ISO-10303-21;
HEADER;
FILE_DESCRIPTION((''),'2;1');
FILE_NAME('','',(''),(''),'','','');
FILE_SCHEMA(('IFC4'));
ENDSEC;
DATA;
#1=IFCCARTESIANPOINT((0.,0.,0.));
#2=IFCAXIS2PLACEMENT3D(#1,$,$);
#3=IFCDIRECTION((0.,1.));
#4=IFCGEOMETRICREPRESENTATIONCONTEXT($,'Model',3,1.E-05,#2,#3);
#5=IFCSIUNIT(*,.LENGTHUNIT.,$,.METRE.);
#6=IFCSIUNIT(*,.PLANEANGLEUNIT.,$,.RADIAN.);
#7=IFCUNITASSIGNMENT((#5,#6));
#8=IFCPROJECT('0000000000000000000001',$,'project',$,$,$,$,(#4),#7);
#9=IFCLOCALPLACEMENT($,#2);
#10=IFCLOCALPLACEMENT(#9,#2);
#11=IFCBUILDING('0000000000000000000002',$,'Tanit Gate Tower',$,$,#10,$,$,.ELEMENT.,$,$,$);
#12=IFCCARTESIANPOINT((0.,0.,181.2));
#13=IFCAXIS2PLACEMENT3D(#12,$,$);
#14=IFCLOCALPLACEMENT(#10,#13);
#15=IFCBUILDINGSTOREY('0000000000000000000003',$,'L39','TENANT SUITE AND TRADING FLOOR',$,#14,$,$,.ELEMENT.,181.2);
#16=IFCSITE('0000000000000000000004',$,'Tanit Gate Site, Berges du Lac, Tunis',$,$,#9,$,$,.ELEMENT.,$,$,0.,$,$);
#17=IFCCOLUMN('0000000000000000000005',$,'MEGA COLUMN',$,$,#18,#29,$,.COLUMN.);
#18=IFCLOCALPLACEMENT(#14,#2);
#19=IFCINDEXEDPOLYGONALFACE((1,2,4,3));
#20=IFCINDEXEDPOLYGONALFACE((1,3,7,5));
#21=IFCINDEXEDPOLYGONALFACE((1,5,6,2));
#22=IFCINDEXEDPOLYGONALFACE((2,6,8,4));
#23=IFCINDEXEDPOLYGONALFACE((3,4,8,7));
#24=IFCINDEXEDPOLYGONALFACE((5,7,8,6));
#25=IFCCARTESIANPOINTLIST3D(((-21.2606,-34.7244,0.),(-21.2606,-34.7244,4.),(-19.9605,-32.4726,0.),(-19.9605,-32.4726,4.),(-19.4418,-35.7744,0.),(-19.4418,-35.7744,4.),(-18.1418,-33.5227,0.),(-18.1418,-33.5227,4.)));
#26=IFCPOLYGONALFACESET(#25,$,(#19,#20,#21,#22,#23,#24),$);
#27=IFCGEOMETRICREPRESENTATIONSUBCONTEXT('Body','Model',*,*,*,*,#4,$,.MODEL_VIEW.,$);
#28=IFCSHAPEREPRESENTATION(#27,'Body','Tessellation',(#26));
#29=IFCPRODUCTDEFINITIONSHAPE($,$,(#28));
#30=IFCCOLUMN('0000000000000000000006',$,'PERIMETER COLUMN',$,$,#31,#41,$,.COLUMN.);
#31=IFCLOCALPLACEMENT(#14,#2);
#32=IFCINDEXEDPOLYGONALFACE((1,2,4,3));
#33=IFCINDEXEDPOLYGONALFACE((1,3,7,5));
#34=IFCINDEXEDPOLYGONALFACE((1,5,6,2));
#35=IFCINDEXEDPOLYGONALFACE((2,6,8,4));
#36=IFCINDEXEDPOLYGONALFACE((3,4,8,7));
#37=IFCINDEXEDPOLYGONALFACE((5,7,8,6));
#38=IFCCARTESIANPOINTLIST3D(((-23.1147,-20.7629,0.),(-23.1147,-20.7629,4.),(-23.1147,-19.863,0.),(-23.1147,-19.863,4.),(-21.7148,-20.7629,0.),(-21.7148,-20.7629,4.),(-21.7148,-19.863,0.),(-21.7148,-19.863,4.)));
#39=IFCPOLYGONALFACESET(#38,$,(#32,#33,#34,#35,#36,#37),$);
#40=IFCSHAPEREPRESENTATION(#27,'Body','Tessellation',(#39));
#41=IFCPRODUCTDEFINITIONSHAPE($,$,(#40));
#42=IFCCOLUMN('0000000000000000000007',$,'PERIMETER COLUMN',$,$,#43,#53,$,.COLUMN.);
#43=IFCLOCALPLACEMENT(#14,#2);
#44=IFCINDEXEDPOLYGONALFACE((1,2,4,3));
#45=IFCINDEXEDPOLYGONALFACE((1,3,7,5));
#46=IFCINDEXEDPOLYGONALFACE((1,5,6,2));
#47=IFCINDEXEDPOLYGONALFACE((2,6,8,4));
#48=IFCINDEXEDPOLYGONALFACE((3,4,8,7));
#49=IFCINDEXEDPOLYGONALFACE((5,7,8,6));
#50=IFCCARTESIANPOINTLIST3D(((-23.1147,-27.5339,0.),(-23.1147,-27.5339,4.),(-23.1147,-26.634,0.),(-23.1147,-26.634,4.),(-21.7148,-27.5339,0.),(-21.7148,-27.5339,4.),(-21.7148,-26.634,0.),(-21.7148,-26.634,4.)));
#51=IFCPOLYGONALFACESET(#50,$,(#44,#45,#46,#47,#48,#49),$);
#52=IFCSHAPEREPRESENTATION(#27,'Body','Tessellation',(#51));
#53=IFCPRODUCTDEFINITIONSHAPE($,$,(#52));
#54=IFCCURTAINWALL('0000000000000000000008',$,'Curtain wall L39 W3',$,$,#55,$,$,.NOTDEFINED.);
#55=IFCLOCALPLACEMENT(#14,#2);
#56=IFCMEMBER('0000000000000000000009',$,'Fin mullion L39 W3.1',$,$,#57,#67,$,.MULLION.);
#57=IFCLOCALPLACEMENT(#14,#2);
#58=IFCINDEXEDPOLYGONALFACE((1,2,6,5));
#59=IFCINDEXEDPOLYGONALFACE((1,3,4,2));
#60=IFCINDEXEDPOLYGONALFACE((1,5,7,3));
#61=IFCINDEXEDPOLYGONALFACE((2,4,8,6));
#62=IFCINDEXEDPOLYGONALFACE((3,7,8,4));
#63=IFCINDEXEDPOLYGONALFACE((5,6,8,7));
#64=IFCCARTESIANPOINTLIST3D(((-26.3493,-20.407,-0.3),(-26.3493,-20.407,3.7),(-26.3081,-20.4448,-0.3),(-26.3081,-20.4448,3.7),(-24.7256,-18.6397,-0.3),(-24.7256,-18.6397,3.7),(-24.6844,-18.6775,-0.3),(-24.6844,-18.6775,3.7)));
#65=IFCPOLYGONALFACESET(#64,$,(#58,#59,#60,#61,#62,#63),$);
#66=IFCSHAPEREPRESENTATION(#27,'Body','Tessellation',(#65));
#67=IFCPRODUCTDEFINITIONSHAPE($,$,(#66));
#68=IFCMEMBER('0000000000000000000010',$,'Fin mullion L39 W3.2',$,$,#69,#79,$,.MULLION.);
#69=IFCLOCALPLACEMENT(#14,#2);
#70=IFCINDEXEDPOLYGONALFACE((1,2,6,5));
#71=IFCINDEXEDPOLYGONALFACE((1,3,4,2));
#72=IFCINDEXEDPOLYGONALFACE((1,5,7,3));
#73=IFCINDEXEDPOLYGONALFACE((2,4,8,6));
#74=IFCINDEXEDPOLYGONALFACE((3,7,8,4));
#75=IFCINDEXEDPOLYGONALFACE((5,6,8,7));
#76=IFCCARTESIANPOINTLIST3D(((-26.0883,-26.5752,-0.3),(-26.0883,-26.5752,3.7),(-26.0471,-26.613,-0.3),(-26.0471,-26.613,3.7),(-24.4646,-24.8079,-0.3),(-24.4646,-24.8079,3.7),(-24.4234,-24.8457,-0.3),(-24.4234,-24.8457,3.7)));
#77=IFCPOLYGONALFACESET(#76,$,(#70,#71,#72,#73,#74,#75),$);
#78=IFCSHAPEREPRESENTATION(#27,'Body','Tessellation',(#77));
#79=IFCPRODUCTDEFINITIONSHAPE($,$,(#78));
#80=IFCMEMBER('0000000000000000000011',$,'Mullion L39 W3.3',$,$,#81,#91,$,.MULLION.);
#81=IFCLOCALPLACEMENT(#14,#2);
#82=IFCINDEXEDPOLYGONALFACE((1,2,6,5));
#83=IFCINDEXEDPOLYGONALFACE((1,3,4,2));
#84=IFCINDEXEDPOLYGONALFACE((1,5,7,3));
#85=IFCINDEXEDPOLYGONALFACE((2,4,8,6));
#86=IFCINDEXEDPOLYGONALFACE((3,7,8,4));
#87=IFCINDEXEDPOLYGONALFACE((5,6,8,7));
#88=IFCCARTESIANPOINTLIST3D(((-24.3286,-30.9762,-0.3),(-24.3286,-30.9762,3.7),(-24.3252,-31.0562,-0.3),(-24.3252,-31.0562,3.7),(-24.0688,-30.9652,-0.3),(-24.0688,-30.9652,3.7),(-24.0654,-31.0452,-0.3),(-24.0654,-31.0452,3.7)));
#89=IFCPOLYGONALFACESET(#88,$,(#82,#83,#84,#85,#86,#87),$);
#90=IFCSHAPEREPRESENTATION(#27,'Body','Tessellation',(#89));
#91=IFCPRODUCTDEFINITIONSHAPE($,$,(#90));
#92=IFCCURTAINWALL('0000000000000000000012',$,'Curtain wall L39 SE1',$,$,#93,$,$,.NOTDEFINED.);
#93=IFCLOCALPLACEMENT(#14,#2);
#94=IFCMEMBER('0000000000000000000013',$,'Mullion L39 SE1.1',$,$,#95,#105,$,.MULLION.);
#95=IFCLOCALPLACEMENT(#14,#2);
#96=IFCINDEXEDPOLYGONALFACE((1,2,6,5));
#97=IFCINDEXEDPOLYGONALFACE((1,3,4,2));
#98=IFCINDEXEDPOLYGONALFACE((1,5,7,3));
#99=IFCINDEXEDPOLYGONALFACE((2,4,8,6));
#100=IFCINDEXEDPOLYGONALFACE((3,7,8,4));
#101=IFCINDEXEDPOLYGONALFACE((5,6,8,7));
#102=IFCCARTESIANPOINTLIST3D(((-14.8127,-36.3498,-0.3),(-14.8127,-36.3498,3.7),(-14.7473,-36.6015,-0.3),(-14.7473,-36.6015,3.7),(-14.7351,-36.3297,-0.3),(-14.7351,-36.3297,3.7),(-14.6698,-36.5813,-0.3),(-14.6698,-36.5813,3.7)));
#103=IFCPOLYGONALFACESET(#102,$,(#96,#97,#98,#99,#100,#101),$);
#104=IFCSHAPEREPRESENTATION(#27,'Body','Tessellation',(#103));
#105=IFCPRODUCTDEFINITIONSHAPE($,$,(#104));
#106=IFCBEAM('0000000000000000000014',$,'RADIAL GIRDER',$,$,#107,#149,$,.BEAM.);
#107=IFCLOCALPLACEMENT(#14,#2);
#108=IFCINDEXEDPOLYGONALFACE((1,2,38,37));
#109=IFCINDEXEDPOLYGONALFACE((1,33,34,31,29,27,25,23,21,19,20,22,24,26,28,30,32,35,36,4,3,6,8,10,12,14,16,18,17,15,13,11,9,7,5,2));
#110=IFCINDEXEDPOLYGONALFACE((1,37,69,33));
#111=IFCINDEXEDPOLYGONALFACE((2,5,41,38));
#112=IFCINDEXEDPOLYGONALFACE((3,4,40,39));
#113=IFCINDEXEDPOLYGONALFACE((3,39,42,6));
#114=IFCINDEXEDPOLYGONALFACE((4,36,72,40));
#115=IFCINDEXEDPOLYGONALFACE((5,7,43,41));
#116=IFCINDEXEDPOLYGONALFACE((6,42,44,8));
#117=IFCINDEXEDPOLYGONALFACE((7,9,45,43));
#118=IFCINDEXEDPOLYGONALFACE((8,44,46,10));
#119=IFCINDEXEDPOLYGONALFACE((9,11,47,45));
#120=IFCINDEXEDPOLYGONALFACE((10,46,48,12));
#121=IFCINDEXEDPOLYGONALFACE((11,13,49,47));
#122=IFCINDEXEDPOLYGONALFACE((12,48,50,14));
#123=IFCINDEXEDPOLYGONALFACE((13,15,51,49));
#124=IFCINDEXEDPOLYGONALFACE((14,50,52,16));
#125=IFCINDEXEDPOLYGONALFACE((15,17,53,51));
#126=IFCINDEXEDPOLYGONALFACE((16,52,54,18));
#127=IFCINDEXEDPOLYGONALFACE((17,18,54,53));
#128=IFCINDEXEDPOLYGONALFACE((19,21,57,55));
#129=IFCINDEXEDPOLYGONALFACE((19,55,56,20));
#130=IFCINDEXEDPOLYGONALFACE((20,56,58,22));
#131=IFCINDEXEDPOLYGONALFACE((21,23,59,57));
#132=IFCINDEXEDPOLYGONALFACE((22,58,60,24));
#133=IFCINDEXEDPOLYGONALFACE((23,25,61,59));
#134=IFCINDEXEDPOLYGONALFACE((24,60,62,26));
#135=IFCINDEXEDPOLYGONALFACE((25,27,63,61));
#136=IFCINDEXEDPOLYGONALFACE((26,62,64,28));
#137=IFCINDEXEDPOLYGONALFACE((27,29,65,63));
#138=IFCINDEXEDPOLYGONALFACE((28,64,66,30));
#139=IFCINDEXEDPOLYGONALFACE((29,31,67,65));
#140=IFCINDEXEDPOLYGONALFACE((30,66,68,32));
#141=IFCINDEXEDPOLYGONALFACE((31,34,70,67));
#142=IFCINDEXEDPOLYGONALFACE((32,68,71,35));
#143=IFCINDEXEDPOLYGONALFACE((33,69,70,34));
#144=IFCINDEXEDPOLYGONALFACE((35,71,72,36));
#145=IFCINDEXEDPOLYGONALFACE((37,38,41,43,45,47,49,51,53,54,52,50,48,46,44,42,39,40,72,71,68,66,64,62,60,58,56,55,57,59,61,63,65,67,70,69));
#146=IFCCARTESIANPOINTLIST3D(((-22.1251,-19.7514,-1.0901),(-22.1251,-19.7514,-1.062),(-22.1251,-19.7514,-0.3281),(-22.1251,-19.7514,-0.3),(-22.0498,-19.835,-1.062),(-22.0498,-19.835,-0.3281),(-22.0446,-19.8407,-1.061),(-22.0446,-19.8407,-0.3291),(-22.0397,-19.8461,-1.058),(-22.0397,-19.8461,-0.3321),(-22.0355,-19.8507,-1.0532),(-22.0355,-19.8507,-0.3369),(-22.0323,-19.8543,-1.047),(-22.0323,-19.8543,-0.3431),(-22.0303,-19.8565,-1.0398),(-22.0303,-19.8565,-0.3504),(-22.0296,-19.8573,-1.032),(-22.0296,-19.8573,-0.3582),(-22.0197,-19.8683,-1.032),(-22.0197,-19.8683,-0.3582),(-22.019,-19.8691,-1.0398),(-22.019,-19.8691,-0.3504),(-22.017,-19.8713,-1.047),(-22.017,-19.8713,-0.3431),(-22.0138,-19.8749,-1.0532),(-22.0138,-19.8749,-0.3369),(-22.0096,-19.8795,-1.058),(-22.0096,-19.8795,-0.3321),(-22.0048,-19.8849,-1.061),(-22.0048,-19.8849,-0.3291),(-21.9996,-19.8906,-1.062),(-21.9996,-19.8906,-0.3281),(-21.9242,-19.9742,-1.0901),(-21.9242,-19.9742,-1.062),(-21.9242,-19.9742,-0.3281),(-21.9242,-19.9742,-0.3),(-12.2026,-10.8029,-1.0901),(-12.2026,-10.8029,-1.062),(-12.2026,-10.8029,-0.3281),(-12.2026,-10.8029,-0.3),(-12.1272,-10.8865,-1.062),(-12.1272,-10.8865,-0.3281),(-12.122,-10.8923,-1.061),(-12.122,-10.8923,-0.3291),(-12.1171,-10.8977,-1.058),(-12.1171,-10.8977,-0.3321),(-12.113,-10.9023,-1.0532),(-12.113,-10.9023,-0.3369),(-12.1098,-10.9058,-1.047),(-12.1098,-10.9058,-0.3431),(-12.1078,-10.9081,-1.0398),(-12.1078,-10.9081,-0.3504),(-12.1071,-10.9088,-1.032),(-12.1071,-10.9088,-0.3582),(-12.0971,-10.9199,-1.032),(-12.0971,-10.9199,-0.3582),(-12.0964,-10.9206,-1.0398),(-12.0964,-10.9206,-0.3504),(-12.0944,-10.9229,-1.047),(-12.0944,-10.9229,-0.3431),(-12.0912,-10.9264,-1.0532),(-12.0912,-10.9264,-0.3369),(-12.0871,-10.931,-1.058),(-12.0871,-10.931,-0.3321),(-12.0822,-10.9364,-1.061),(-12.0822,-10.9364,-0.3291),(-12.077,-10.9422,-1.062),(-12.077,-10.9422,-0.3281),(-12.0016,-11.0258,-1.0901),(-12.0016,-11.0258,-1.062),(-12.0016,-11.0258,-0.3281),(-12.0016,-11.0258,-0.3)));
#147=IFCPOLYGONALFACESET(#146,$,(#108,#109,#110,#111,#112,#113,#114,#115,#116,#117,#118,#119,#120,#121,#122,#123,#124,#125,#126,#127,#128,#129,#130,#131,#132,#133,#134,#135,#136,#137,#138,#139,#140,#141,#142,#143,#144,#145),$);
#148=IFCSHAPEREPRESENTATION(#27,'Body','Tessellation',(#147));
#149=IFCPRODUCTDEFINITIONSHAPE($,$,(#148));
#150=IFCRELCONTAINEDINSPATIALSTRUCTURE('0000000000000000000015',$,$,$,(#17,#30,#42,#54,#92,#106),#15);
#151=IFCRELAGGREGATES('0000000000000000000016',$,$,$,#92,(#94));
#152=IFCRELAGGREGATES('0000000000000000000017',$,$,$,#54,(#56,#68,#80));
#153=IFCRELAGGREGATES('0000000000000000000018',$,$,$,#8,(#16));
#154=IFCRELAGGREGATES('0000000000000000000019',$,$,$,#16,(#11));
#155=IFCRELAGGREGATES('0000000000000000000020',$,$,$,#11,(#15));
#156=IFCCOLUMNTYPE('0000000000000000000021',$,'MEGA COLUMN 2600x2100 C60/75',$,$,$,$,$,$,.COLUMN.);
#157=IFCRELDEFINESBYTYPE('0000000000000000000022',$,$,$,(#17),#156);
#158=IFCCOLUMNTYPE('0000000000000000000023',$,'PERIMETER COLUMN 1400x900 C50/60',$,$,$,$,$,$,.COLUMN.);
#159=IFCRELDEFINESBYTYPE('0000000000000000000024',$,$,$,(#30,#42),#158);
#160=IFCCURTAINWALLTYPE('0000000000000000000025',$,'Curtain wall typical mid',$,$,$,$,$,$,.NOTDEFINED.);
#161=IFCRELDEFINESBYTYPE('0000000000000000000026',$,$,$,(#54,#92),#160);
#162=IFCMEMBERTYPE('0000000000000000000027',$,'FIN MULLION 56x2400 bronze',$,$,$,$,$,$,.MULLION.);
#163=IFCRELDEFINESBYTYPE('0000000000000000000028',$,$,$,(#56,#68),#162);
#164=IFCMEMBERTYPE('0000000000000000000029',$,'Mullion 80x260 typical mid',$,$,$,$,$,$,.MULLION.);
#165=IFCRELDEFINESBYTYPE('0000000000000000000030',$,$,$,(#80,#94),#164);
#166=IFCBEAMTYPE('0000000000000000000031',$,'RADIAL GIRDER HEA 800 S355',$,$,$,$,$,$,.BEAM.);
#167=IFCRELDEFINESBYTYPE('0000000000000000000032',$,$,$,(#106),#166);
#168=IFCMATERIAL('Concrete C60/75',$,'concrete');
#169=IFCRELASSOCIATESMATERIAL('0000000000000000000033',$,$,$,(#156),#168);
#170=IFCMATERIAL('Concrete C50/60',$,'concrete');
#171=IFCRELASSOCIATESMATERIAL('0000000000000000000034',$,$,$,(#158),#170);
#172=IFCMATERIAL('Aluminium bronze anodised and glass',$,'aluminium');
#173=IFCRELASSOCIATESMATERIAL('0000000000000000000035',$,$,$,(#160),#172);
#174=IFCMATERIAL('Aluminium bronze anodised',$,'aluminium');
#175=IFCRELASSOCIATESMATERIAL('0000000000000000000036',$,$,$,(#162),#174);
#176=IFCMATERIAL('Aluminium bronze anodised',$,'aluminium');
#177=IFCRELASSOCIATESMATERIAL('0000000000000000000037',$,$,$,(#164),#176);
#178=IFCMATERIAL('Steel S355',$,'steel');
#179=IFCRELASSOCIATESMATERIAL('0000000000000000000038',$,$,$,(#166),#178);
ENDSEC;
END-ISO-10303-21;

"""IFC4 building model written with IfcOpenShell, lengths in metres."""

from ifc_helpers import new_model, si_unit, direction, frame, origin, origin_2d, place, context, subcontext, project, spatial, rectangle, i_section, extrude, material, material_profile, profile_set, type_object, element, aggregate, save


model = new_model("IFC4")

# Units and contexts
model_context = context("Model", 3, precision=1e-05, world=origin(), true_north=direction((0.0, 1.0)))
body_context = subcontext(model_context, "Body", "Model", "MODEL_VIEW")
ifc_project = project(units=[si_unit("LENGTHUNIT", "METRE"), si_unit("PLANEANGLEUNIT", "RADIAN")], contexts=[model_context])

# Site, building, storey
site_placement = place(None, origin())
site = spatial("IfcSite", under=ifc_project, at=site_placement, Name="Tanit Gate Site, Berges du Lac, Tunis", CompositionType="ELEMENT", RefElevation=0.0)
building_placement = place(site_placement, origin())
building = spatial("IfcBuilding", under=site, at=building_placement, Name="Tanit Gate Tower", CompositionType="ELEMENT")
storey_placement = place(building_placement, frame((0.0, 0.0, 181.2)))
storey = spatial("IfcBuildingStorey", under=building, at=storey_placement, Name="L39", Description="TENANT SUITE AND TRADING FLOOR", CompositionType="ELEMENT", Elevation=181.2)

# Columns
ifc_material_1 = material(Name="Concrete C60/75", Category="concrete")
ifc_material_profile_1 = material_profile(ifc_material_1, rectangle(XDim=2.6001, YDim=2.1001, at=origin_2d()), Name="RC 2600x2100")
ifc_profile_set_1 = profile_set([ifc_material_profile_1], Name="Concrete C60/75")
column_type_1 = type_object("IfcColumnType", Name="MEGA COLUMN 2600x2100 C60/75", PredefinedType="COLUMN", material=ifc_profile_set_1)
column_placement = place(storey_placement, frame((-19.7012, -34.1235, 0.0), z_axis=(0.0, 0.0, 1.0), x_axis=(-0.5, -0.866025, 0.0)))
element("IfcColumn", 1, at=column_placement, inside=storey, type_object=column_type_1, Name="MEGA COLUMN", PredefinedType="COLUMN", context=body_context, shape_type="SweptSolid", body=[
    extrude(rectangle(XDim=2.6001, YDim=2.1001, at=origin_2d()), origin(), (0.0, 0.0, 1.0), 4.0),
])
ifc_material_2 = material(Name="Concrete C50/60", Category="concrete")
ifc_material_profile_2 = material_profile(ifc_material_2, rectangle(XDim=1.3999, YDim=0.8999, at=origin_2d()), Name="RC 1400x900")
ifc_profile_set_2 = profile_set([ifc_material_profile_2], Name="Concrete C50/60")
column_type_2 = type_object("IfcColumnType", Name="PERIMETER COLUMN 1400x900 C50/60", PredefinedType="COLUMN", material=ifc_profile_set_2)
for number, where, z_axis, x_axis, name in (
    (2, (-22.4148, -20.313, 0.0), (0.0, 0.0, 1.0), (-1.0, 0.0, 0.0), "PERIMETER COLUMN"),
    (3, (-22.4148, -27.084, 0.0), (0.0, 0.0, 1.0), (-1.0, 0.0, 0.0), "PERIMETER COLUMN"),
):
    element("IfcColumn", number, at=place(storey_placement, frame(where, z_axis=z_axis, x_axis=x_axis)), inside=storey, type_object=column_type_2, Name=name, PredefinedType="COLUMN", context=body_context, shape_type="SweptSolid", body=[
        extrude(rectangle(XDim=1.3999, YDim=0.8999, at=origin_2d()), origin(), (0.0, 0.0, 1.0), 4.0),
    ])

# Curtain wall, members
ifc_material_3 = material(Name="Aluminium bronze anodised and glass", Category="aluminium")
curtain_wall_type = type_object("IfcCurtainWallType", Name="Curtain wall typical mid", PredefinedType="NOTDEFINED", material=ifc_material_3)
curtain_wall_1_placement = place(storey_placement, origin())
curtain_wall_1 = element("IfcCurtainWall", 4, at=curtain_wall_1_placement, inside=storey, type_object=curtain_wall_type, Name="Curtain wall L39 W3", PredefinedType="NOTDEFINED")
ifc_material_4 = material(Name="Aluminium bronze anodised", Category="aluminium")
ifc_material_profile_3 = material_profile(ifc_material_4, rectangle(XDim=2.3999, YDim=0.0559, at=origin_2d()), Name="56x2400 bronze fin mullion")
ifc_profile_set_3 = profile_set([ifc_material_profile_3], Name="Aluminium bronze anodised")
member_type_1 = type_object("IfcMemberType", Name="FIN MULLION 56x2400 bronze", PredefinedType="MULLION", material=ifc_profile_set_3)
member_1_placement = place(storey_placement, frame((-25.5168, -19.5422, -0.3), z_axis=(0.0, 0.0, 1.0), x_axis=(0.676558, 0.736389, 0.0)))
member_1 = element("IfcMember", 5, at=member_1_placement, type_object=member_type_1, Name="Fin mullion L39 W3.1", PredefinedType="MULLION", context=body_context, shape_type="SweptSolid", body=[
    extrude(rectangle(XDim=2.3999, YDim=0.0559, at=origin_2d()), origin(), (0.0, 0.0, 1.0), 4.0),
])
member_2_placement = place(storey_placement, frame((-25.2559, -25.7104, -0.3), z_axis=(0.0, 0.0, 1.0), x_axis=(0.676558, 0.736389, 0.0)))
member_2 = element("IfcMember", 6, at=member_2_placement, type_object=member_type_1, Name="Fin mullion L39 W3.2", PredefinedType="MULLION", context=body_context, shape_type="SweptSolid", body=[
    extrude(rectangle(XDim=2.3999, YDim=0.0559, at=origin_2d()), origin(), (0.0, 0.0, 1.0), 4.0),
])
ifc_material_5 = material(Name="Aluminium bronze anodised", Category="aluminium")
ifc_material_profile_4 = material_profile(ifc_material_5, rectangle(XDim=0.26, YDim=0.0801, at=origin_2d()), Name="80x260 bronze mullion")
ifc_profile_set_4 = profile_set([ifc_material_profile_4], Name="Aluminium bronze anodised")
member_type_2 = type_object("IfcMemberType", Name="Mullion 80x260 typical mid", PredefinedType="MULLION", material=ifc_profile_set_4)
member_3_placement = place(storey_placement, frame((-24.197, -31.0107, -0.3), z_axis=(0.0, 0.0, 1.0), x_axis=(0.999105, 0.042307, 0.0)))
member_3 = element("IfcMember", 7, at=member_3_placement, type_object=member_type_2, Name="Mullion L39 W3.3", PredefinedType="MULLION", context=body_context, shape_type="SweptSolid", body=[
    extrude(rectangle(XDim=0.26, YDim=0.0801, at=origin_2d()), origin(), (0.0, 0.0, 1.0), 4.0),
])

# Curtain wall, member
curtain_wall_2_placement = place(storey_placement, origin())
curtain_wall_2 = element("IfcCurtainWall", 8, at=curtain_wall_2_placement, inside=storey, type_object=curtain_wall_type, Name="Curtain wall L39 SE1", PredefinedType="NOTDEFINED")
member_4_placement = place(storey_placement, frame((-14.7412, -36.4656, -0.3), z_axis=(0.0, 0.0, 1.0), x_axis=(-0.251432, 0.967875, 0.0)))
member_4 = element("IfcMember", 9, at=member_4_placement, type_object=member_type_2, Name="Mullion L39 SE1.1", PredefinedType="MULLION", context=body_context, shape_type="SweptSolid", body=[
    extrude(rectangle(XDim=0.26, YDim=0.0801, at=origin_2d()), origin(), (0.0, 0.0, 1.0), 4.0),
])
aggregate(curtain_wall_2, [member_4])

# Beam
ifc_material_6 = material(Name="Steel S355", Category="steel")
ifc_material_profile_5 = material_profile(ifc_material_6, i_section(OverallWidth=0.3, OverallDepth=0.79, WebThickness=0.0149, FlangeThickness=0.0281, FilletRadius=0.03, at=origin_2d()), Name="HEA 800")
ifc_profile_set_5 = profile_set([ifc_material_profile_5], Name="Steel S355")
beam_type_1 = type_object("IfcBeamType", Name="RADIAL GIRDER HEA 800 S355", PredefinedType="BEAM", material=ifc_profile_set_5)
beam_1_placement = place(storey_placement, frame((-22.0247, -19.8628, -0.6951), z_axis=(0.742619, 0.669714, 0.0), x_axis=(-0.669714, 0.742619, 0.0)))
element("IfcBeam", 10, at=beam_1_placement, inside=storey, type_object=beam_type_1, Name="RADIAL GIRDER", PredefinedType="BEAM", context=body_context, shape_type="SweptSolid", body=[
    extrude(i_section(OverallWidth=0.3, OverallDepth=0.79, WebThickness=0.0149, FlangeThickness=0.0281, FilletRadius=0.03, at=origin_2d()), origin(), (0.0, 0.0, 1.0), 13.3616),
])

aggregate(curtain_wall_1, [member_1, member_2, member_3])

save(model, "model.ifc")
